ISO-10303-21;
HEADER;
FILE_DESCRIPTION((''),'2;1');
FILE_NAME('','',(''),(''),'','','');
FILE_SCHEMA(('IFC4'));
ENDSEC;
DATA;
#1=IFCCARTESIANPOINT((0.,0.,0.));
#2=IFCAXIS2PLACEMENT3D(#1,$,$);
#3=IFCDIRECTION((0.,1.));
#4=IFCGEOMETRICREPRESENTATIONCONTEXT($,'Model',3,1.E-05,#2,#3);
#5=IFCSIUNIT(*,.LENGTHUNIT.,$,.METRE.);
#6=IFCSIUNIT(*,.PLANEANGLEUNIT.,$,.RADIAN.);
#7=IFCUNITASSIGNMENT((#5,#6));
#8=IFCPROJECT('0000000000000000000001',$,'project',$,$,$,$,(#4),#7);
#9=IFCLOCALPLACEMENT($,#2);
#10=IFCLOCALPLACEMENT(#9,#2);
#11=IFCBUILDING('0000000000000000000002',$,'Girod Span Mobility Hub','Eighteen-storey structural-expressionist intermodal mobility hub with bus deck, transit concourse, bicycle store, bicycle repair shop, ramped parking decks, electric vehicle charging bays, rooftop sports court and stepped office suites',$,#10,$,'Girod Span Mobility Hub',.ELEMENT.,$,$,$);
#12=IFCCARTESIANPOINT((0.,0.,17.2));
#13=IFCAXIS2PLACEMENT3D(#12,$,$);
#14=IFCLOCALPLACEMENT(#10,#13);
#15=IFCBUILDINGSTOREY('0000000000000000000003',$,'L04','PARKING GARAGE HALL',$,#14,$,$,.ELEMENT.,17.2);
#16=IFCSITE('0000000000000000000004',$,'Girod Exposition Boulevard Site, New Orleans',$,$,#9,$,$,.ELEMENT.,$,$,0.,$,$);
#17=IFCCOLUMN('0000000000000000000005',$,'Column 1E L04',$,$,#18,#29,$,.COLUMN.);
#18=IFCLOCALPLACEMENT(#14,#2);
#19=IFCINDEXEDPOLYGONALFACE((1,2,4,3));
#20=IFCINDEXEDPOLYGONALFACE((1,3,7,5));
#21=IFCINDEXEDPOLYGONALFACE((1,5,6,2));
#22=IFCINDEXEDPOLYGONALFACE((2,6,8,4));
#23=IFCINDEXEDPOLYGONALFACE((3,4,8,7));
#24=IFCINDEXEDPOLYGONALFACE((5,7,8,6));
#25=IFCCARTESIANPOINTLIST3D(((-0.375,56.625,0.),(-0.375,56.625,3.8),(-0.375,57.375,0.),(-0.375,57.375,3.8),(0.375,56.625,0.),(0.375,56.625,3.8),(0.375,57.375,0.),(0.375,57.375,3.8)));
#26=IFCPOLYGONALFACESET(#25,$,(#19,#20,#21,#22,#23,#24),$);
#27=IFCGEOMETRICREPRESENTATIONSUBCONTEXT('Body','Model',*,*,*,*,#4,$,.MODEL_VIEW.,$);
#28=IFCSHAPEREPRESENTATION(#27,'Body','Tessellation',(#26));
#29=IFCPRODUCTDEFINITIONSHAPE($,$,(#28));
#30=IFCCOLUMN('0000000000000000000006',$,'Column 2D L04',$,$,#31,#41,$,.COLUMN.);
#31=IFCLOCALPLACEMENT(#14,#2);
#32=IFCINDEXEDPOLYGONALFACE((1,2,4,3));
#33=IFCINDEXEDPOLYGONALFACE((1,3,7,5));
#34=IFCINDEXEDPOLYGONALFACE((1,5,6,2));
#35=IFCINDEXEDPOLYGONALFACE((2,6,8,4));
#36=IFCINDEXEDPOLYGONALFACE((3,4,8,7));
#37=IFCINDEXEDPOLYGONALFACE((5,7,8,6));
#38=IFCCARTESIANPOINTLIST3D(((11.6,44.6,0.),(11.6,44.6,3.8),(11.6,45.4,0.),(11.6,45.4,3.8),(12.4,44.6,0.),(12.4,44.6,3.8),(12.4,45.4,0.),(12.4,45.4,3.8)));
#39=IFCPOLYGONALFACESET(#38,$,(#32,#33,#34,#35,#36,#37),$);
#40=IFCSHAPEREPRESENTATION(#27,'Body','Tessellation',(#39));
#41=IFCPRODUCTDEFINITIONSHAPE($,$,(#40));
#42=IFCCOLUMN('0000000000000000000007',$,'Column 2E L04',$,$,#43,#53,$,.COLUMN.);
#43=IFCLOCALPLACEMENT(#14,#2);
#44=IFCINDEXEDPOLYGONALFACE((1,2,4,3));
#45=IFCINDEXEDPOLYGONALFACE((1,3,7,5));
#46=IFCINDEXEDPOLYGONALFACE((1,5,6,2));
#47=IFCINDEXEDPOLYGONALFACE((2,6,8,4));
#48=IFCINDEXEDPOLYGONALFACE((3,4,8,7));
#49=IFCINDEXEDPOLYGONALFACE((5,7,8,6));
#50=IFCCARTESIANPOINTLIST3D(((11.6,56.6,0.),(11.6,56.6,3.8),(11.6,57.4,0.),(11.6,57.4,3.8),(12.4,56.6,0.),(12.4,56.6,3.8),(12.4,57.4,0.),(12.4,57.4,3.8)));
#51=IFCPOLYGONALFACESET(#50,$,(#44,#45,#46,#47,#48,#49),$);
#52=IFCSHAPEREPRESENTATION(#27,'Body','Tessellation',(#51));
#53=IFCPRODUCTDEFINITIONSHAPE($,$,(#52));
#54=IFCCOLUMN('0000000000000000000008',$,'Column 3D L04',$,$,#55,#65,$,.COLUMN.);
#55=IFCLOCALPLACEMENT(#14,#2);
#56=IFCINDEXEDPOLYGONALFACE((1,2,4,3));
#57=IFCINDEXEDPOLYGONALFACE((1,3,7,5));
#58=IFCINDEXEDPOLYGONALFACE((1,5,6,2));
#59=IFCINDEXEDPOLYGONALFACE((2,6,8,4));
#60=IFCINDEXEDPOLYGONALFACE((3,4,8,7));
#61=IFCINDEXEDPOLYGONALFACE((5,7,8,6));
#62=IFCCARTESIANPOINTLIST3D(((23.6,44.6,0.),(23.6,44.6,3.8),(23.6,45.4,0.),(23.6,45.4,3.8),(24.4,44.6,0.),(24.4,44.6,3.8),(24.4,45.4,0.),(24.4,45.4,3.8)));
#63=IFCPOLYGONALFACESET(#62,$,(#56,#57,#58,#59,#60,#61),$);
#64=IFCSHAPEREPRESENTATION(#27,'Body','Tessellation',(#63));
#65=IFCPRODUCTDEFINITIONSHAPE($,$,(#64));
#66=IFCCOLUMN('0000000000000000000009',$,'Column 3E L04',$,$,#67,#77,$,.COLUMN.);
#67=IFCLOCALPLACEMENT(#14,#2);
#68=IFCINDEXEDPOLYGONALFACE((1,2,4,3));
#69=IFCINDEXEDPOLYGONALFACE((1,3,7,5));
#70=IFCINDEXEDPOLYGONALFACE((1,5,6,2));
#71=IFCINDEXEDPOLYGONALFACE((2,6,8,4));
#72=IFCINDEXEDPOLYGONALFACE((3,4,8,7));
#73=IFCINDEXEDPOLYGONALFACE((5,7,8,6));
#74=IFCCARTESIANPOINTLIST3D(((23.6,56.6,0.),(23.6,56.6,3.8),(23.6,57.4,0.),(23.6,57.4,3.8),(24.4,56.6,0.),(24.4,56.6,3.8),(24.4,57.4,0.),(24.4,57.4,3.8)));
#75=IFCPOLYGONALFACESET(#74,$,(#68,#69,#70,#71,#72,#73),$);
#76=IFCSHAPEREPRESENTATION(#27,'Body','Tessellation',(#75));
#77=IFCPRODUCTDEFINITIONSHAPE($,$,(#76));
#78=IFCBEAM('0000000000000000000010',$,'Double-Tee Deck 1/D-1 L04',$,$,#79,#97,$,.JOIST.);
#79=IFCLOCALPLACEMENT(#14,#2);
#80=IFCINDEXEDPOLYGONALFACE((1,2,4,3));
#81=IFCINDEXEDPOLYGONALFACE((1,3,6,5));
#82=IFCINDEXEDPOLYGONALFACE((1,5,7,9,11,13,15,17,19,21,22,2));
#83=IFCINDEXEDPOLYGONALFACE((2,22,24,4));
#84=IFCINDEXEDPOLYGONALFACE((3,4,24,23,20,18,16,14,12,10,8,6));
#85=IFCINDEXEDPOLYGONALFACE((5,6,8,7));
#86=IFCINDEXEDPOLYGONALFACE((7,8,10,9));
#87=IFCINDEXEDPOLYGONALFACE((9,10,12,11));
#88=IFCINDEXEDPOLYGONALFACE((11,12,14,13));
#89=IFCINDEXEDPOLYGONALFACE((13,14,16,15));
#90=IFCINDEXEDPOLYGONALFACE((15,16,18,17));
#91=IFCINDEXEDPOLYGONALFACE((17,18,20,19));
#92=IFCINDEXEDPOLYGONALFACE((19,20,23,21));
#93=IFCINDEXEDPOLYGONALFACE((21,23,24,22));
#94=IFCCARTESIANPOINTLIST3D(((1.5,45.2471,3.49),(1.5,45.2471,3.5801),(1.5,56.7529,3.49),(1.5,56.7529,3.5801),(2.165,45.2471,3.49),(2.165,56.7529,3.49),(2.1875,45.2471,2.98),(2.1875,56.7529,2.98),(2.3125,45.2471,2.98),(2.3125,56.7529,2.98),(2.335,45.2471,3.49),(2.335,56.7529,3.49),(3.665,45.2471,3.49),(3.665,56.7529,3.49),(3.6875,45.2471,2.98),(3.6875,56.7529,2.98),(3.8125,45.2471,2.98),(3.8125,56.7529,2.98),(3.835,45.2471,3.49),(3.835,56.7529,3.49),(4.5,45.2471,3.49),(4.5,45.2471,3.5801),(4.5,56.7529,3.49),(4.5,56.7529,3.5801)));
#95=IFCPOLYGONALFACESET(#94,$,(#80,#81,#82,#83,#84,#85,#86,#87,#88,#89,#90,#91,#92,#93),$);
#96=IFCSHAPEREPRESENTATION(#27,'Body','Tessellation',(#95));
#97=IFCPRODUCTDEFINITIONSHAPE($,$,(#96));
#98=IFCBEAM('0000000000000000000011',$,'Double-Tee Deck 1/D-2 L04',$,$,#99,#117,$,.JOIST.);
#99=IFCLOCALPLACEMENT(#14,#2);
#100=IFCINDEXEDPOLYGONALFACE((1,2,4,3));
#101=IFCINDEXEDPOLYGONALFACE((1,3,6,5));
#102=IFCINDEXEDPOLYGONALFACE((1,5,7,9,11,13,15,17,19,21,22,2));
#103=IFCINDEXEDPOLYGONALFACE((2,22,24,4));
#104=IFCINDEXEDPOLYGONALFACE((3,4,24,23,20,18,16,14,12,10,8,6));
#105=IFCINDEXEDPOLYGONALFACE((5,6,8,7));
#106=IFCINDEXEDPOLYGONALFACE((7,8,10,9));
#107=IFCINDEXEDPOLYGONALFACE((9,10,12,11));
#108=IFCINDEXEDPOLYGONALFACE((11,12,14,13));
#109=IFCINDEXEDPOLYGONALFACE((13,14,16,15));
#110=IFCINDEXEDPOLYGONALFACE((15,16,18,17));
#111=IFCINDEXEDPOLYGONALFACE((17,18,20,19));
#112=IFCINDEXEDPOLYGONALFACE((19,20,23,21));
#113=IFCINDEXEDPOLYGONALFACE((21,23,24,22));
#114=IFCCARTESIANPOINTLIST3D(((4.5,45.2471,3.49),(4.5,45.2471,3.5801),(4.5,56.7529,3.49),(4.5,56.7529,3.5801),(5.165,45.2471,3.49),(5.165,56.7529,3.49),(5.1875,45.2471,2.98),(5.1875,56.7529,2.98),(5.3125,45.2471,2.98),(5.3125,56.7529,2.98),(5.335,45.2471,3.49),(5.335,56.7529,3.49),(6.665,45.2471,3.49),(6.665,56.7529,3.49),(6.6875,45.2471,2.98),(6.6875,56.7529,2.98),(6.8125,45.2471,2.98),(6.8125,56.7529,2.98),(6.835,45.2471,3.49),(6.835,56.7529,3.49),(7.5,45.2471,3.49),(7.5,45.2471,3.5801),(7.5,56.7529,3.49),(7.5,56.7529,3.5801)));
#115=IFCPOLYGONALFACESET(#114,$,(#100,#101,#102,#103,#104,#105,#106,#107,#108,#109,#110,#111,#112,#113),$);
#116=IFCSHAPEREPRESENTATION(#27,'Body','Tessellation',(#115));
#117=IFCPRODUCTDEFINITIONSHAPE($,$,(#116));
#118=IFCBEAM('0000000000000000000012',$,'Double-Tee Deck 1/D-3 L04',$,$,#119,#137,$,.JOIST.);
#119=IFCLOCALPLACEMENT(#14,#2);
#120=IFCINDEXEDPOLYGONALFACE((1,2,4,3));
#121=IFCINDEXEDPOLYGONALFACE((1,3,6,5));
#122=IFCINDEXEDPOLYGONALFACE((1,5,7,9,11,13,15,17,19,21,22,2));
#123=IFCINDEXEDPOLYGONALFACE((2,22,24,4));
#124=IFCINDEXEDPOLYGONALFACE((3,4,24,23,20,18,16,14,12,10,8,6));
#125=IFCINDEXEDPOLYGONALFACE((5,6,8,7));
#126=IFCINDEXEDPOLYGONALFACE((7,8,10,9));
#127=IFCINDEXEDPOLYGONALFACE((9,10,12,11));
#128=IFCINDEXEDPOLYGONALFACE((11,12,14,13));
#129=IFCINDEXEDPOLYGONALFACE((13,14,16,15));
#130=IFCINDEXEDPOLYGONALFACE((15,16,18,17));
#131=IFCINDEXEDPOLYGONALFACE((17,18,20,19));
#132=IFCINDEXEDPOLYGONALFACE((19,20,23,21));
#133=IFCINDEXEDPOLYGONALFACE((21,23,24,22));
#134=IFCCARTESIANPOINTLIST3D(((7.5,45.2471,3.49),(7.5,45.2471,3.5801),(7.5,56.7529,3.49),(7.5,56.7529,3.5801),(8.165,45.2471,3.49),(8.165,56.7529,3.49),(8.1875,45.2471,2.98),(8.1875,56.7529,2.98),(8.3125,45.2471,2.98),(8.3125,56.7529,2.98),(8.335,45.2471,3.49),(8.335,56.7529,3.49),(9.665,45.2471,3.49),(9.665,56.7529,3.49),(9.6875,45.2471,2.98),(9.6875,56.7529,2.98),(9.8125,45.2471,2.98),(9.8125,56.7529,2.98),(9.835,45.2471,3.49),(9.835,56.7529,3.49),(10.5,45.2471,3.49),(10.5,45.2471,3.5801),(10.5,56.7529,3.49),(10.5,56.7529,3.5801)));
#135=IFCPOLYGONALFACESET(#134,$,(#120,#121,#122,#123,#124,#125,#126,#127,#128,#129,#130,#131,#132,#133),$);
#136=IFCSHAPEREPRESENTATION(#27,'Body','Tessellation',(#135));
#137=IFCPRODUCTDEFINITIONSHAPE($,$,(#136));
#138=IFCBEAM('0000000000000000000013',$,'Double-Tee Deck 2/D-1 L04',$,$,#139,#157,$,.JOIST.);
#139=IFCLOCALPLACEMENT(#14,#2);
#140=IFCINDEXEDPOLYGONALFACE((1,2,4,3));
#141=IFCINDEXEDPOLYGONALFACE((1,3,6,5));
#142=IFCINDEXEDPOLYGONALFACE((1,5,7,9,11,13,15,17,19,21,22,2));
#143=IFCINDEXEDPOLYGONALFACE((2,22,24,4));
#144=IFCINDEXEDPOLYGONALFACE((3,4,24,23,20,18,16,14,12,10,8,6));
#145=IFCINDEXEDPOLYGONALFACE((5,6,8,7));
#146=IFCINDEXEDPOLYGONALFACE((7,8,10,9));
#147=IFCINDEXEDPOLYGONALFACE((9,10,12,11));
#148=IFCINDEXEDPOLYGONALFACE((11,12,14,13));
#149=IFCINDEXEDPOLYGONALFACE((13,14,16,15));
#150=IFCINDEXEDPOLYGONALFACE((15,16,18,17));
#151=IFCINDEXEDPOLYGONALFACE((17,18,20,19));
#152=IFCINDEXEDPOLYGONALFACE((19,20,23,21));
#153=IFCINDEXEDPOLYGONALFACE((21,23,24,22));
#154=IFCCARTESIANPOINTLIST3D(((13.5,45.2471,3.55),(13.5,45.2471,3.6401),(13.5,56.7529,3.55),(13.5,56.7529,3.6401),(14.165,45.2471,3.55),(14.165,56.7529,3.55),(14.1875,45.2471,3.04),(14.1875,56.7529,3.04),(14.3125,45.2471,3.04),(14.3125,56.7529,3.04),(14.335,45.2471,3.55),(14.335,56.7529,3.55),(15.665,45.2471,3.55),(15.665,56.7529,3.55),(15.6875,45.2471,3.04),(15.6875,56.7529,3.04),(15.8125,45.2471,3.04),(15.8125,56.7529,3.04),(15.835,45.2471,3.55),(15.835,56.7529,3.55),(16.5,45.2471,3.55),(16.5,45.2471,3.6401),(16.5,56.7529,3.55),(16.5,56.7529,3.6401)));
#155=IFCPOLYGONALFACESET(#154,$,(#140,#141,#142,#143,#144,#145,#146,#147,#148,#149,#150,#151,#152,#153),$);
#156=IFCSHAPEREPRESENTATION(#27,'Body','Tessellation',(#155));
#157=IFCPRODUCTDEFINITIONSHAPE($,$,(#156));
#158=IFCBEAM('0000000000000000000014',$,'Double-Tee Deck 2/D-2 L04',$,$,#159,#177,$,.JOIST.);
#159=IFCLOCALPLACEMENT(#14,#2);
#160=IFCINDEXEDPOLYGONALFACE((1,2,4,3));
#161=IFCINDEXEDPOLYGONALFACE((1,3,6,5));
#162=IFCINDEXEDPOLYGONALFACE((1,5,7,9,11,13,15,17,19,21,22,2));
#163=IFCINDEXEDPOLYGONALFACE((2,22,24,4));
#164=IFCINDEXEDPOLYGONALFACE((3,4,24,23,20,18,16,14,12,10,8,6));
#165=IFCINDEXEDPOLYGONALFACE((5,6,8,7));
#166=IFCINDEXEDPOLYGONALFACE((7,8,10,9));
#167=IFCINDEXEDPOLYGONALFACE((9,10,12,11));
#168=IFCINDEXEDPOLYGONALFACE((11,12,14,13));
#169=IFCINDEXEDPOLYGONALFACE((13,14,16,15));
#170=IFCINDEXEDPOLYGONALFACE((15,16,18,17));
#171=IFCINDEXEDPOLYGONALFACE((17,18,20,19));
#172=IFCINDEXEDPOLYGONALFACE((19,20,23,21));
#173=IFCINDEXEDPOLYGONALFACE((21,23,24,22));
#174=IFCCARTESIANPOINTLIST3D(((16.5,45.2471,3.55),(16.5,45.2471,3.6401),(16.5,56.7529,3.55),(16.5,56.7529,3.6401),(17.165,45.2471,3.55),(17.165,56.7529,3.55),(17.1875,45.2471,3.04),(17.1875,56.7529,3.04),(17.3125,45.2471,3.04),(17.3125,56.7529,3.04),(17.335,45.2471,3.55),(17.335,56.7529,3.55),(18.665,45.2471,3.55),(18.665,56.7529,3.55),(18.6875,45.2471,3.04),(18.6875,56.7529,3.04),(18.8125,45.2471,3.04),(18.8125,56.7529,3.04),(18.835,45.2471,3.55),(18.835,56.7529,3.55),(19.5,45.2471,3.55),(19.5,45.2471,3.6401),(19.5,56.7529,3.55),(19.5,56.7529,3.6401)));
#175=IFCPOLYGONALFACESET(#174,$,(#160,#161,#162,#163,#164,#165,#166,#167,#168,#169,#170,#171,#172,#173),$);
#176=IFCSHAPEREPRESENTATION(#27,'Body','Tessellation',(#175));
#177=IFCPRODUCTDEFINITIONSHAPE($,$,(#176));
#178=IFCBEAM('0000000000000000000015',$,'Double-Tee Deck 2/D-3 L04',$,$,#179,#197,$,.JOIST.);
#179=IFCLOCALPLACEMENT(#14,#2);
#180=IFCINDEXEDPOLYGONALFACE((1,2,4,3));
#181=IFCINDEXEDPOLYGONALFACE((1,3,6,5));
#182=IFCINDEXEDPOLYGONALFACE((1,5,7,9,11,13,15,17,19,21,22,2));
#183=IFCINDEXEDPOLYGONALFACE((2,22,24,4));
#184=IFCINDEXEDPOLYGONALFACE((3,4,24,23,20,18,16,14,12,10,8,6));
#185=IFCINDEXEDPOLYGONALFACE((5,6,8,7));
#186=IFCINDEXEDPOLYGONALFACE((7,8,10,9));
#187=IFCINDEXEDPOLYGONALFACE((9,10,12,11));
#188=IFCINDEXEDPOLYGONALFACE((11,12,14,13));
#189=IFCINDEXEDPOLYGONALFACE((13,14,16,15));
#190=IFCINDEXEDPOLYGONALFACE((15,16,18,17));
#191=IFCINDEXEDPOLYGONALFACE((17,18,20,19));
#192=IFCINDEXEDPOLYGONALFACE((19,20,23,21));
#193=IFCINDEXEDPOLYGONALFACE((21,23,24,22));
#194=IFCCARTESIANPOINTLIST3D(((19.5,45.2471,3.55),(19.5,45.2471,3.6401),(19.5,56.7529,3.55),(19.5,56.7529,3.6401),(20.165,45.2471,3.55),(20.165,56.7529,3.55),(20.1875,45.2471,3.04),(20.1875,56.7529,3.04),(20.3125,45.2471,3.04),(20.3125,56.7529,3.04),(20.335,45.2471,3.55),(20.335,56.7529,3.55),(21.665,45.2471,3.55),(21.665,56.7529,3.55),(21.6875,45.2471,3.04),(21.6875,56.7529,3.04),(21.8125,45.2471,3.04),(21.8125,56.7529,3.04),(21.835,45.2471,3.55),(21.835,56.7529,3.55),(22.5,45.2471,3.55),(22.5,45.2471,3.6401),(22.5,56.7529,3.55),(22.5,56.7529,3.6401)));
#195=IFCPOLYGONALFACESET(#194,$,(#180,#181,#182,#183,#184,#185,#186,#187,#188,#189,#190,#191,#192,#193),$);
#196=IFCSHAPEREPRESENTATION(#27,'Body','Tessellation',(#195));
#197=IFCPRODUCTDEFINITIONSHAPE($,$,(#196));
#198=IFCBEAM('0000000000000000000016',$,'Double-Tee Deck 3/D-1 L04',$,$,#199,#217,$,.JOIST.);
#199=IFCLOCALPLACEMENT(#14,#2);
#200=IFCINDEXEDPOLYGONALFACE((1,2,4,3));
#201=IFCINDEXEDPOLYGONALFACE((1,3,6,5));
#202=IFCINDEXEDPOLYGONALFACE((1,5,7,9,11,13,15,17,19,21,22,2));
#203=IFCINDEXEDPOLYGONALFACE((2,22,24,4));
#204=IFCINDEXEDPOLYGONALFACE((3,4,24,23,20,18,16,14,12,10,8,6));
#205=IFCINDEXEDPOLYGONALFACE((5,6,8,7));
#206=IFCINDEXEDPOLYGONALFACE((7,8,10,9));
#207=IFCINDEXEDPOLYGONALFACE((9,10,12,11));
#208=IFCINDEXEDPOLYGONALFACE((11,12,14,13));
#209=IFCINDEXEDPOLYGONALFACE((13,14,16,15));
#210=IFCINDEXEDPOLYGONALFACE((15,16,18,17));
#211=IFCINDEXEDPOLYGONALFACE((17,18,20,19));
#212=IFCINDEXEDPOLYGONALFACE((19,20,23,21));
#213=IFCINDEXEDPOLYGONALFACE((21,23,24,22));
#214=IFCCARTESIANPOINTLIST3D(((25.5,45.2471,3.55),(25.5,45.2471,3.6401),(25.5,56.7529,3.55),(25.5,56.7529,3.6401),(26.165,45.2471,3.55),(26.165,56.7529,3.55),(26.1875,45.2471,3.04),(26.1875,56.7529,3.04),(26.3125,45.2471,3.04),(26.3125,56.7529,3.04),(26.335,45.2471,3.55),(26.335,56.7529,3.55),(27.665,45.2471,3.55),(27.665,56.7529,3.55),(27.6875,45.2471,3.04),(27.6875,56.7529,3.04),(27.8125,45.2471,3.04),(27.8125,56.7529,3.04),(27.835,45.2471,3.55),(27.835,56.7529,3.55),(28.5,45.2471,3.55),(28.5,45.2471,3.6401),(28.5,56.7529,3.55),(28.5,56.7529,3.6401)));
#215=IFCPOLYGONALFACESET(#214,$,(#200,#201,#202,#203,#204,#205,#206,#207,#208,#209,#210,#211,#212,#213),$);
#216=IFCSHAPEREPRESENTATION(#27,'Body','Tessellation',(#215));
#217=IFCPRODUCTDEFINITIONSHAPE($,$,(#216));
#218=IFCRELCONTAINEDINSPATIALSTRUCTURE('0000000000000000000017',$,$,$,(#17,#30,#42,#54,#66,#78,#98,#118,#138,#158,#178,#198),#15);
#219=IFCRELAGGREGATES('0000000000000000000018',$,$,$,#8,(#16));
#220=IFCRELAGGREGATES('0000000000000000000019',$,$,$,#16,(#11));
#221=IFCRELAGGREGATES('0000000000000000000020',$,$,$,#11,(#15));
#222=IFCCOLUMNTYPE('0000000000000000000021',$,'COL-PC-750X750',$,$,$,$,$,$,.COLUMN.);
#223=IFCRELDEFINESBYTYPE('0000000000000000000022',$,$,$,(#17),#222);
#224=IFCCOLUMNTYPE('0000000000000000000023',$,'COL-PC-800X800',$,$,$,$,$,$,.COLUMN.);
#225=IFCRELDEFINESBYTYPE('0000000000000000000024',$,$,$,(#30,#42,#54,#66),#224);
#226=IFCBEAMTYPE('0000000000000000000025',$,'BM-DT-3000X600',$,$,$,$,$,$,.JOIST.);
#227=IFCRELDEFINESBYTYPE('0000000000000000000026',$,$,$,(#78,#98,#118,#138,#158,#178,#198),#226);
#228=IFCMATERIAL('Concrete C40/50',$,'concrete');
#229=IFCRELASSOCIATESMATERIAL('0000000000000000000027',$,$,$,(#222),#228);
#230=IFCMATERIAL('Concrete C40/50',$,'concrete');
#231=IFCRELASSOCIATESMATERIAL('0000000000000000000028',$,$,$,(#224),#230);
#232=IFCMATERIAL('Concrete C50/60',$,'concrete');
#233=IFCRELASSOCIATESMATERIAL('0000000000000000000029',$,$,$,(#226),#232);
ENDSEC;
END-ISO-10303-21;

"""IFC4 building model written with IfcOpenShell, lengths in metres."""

from ifc_helpers import new_model, si_unit, direction, frame, origin, origin_2d, place, context, subcontext, project, spatial, polyline, rectangle, outline, extrude, material, material_profile, profile_set, type_object, element, save


model = new_model("IFC4")

# Units and contexts
model_context = context("Model", 3, precision=1e-05, world=origin(), true_north=direction((0.0, 1.0)))
body_context = subcontext(model_context, "Body", "Model", "MODEL_VIEW")
ifc_project = project(units=[si_unit("LENGTHUNIT", "METRE"), si_unit("PLANEANGLEUNIT", "RADIAN")], contexts=[model_context])

# Site, building, storey
site_placement = place(None, origin())
site = spatial("IfcSite", under=ifc_project, at=site_placement, Name="Girod Exposition Boulevard Site, New Orleans", CompositionType="ELEMENT", RefElevation=0.0)
building_placement = place(site_placement, origin())
building = spatial("IfcBuilding", under=site, at=building_placement, Name="Girod Span Mobility Hub", Description="Eighteen-storey structural-expressionist intermodal mobility hub with bus deck, transit concourse, bicycle store, bicycle repair shop, ramped parking decks, electric vehicle charging bays, rooftop sports court and stepped office suites", LongName="Girod Span Mobility Hub", CompositionType="ELEMENT")
storey_placement = place(building_placement, frame((0.0, 0.0, 17.2)))
storey = spatial("IfcBuildingStorey", under=building, at=storey_placement, Name="L04", Description="PARKING GARAGE HALL", CompositionType="ELEMENT", Elevation=17.2)

# Columns
ifc_material_1 = material(Name="Concrete C40/50", Category="concrete")
ifc_material_profile_1 = material_profile(ifc_material_1, rectangle(XDim=0.75, YDim=0.75, at=origin_2d()), Name="PC-COL-750X750")
ifc_profile_set_1 = profile_set([ifc_material_profile_1], Name="Concrete C40/50")
column_type_1 = type_object("IfcColumnType", Name="COL-PC-750X750", PredefinedType="COLUMN", material=ifc_profile_set_1)
column_placement = place(storey_placement, frame((0.0, 57.0, 0.0), z_axis=(0.0, 0.0, 1.0), x_axis=(1.0, 0.0, 0.0)))
element("IfcColumn", 1, at=column_placement, inside=storey, type_object=column_type_1, Name="Column 1E L04", PredefinedType="COLUMN", context=body_context, shape_type="SweptSolid", body=[
    extrude(rectangle(XDim=0.75, YDim=0.75, at=origin_2d()), origin(), (0.0, 0.0, 1.0), 3.8),
])
ifc_material_2 = material(Name="Concrete C40/50", Category="concrete")
ifc_material_profile_2 = material_profile(ifc_material_2, rectangle(XDim=0.8, YDim=0.8, at=origin_2d()), Name="PC-COL-800X800")
ifc_profile_set_2 = profile_set([ifc_material_profile_2], Name="Concrete C40/50")
column_type_2 = type_object("IfcColumnType", Name="COL-PC-800X800", PredefinedType="COLUMN", material=ifc_profile_set_2)
for number, where, z_axis, x_axis, name in (
    (2, (12.0, 45.0, 0.0), (0.0, 0.0, 1.0), (1.0, 0.0, 0.0), "Column 2D L04"),
    (3, (12.0, 57.0, 0.0), (0.0, 0.0, 1.0), (1.0, 0.0, 0.0), "Column 2E L04"),
    (4, (24.0, 45.0, 0.0), (0.0, 0.0, 1.0), (1.0, 0.0, 0.0), "Column 3D L04"),
    (5, (24.0, 57.0, 0.0), (0.0, 0.0, 1.0), (1.0, 0.0, 0.0), "Column 3E L04"),
):
    element("IfcColumn", number, at=place(storey_placement, frame(where, z_axis=z_axis, x_axis=x_axis)), inside=storey, type_object=column_type_2, Name=name, PredefinedType="COLUMN", context=body_context, shape_type="SweptSolid", body=[
        extrude(rectangle(XDim=0.8, YDim=0.8, at=origin_2d()), origin(), (0.0, 0.0, 1.0), 3.8),
    ])

# Beams
ifc_material_3 = material(Name="Concrete C50/60", Category="concrete")
ifc_material_profile_3 = material_profile(ifc_material_3, outline(polyline([(-1.5, 0.3), (-1.5, 0.21), (-0.835, 0.21), (-0.8125, -0.3), (-0.6875, -0.3), (-0.665, 0.21), (0.665, 0.21), (0.6875, -0.3), (0.8125, -0.3), (0.835, 0.21), (1.5, 0.21), (1.5, 0.3), (-1.5, 0.3)])), Name="DT-3000X600")
ifc_profile_set_3 = profile_set([ifc_material_profile_3], Name="Concrete C50/60")
beam_type_1 = type_object("IfcBeamType", Name="BM-DT-3000X600", PredefinedType="JOIST", material=ifc_profile_set_3)
for number, where, z_axis, x_axis, name in (
    (6, (3.0, 45.2471, 3.28), (0.0, 1.0, 0.0), (-1.0, 0.0, 0.0), "Double-Tee Deck 1/D-1 L04"),
    (7, (6.0, 45.2471, 3.28), (0.0, 1.0, 0.0), (-1.0, 0.0, 0.0), "Double-Tee Deck 1/D-2 L04"),
    (8, (9.0, 45.2471, 3.28), (0.0, 1.0, 0.0), (-1.0, 0.0, 0.0), "Double-Tee Deck 1/D-3 L04"),
    (9, (15.0, 45.2471, 3.3401), (0.0, 1.0, 0.0), (-1.0, 0.0, 0.0), "Double-Tee Deck 2/D-1 L04"),
    (10, (18.0, 45.2471, 3.3401), (0.0, 1.0, 0.0), (-1.0, 0.0, 0.0), "Double-Tee Deck 2/D-2 L04"),
    (11, (21.0, 45.2471, 3.3401), (0.0, 1.0, 0.0), (-1.0, 0.0, 0.0), "Double-Tee Deck 2/D-3 L04"),
    (12, (27.0, 45.2471, 3.3401), (0.0, 1.0, 0.0), (-1.0, 0.0, 0.0), "Double-Tee Deck 3/D-1 L04"),
):
    element("IfcBeam", number, at=place(storey_placement, frame(where, z_axis=z_axis, x_axis=x_axis)), inside=storey, type_object=beam_type_1, Name=name, PredefinedType="JOIST", context=body_context, shape_type="SweptSolid", body=[
        extrude(outline(polyline([(-1.5, 0.3), (-1.5, 0.21), (-0.835, 0.21), (-0.8125, -0.3), (-0.6875, -0.3), (-0.665, 0.21), (0.665, 0.21), (0.6875, -0.3), (0.8125, -0.3), (0.835, 0.21), (1.5, 0.21), (1.5, 0.3), (-1.5, 0.3)])), origin(), (0.0, 0.0, 1.0), 11.5059),
    ])

save(model, "model.ifc")
